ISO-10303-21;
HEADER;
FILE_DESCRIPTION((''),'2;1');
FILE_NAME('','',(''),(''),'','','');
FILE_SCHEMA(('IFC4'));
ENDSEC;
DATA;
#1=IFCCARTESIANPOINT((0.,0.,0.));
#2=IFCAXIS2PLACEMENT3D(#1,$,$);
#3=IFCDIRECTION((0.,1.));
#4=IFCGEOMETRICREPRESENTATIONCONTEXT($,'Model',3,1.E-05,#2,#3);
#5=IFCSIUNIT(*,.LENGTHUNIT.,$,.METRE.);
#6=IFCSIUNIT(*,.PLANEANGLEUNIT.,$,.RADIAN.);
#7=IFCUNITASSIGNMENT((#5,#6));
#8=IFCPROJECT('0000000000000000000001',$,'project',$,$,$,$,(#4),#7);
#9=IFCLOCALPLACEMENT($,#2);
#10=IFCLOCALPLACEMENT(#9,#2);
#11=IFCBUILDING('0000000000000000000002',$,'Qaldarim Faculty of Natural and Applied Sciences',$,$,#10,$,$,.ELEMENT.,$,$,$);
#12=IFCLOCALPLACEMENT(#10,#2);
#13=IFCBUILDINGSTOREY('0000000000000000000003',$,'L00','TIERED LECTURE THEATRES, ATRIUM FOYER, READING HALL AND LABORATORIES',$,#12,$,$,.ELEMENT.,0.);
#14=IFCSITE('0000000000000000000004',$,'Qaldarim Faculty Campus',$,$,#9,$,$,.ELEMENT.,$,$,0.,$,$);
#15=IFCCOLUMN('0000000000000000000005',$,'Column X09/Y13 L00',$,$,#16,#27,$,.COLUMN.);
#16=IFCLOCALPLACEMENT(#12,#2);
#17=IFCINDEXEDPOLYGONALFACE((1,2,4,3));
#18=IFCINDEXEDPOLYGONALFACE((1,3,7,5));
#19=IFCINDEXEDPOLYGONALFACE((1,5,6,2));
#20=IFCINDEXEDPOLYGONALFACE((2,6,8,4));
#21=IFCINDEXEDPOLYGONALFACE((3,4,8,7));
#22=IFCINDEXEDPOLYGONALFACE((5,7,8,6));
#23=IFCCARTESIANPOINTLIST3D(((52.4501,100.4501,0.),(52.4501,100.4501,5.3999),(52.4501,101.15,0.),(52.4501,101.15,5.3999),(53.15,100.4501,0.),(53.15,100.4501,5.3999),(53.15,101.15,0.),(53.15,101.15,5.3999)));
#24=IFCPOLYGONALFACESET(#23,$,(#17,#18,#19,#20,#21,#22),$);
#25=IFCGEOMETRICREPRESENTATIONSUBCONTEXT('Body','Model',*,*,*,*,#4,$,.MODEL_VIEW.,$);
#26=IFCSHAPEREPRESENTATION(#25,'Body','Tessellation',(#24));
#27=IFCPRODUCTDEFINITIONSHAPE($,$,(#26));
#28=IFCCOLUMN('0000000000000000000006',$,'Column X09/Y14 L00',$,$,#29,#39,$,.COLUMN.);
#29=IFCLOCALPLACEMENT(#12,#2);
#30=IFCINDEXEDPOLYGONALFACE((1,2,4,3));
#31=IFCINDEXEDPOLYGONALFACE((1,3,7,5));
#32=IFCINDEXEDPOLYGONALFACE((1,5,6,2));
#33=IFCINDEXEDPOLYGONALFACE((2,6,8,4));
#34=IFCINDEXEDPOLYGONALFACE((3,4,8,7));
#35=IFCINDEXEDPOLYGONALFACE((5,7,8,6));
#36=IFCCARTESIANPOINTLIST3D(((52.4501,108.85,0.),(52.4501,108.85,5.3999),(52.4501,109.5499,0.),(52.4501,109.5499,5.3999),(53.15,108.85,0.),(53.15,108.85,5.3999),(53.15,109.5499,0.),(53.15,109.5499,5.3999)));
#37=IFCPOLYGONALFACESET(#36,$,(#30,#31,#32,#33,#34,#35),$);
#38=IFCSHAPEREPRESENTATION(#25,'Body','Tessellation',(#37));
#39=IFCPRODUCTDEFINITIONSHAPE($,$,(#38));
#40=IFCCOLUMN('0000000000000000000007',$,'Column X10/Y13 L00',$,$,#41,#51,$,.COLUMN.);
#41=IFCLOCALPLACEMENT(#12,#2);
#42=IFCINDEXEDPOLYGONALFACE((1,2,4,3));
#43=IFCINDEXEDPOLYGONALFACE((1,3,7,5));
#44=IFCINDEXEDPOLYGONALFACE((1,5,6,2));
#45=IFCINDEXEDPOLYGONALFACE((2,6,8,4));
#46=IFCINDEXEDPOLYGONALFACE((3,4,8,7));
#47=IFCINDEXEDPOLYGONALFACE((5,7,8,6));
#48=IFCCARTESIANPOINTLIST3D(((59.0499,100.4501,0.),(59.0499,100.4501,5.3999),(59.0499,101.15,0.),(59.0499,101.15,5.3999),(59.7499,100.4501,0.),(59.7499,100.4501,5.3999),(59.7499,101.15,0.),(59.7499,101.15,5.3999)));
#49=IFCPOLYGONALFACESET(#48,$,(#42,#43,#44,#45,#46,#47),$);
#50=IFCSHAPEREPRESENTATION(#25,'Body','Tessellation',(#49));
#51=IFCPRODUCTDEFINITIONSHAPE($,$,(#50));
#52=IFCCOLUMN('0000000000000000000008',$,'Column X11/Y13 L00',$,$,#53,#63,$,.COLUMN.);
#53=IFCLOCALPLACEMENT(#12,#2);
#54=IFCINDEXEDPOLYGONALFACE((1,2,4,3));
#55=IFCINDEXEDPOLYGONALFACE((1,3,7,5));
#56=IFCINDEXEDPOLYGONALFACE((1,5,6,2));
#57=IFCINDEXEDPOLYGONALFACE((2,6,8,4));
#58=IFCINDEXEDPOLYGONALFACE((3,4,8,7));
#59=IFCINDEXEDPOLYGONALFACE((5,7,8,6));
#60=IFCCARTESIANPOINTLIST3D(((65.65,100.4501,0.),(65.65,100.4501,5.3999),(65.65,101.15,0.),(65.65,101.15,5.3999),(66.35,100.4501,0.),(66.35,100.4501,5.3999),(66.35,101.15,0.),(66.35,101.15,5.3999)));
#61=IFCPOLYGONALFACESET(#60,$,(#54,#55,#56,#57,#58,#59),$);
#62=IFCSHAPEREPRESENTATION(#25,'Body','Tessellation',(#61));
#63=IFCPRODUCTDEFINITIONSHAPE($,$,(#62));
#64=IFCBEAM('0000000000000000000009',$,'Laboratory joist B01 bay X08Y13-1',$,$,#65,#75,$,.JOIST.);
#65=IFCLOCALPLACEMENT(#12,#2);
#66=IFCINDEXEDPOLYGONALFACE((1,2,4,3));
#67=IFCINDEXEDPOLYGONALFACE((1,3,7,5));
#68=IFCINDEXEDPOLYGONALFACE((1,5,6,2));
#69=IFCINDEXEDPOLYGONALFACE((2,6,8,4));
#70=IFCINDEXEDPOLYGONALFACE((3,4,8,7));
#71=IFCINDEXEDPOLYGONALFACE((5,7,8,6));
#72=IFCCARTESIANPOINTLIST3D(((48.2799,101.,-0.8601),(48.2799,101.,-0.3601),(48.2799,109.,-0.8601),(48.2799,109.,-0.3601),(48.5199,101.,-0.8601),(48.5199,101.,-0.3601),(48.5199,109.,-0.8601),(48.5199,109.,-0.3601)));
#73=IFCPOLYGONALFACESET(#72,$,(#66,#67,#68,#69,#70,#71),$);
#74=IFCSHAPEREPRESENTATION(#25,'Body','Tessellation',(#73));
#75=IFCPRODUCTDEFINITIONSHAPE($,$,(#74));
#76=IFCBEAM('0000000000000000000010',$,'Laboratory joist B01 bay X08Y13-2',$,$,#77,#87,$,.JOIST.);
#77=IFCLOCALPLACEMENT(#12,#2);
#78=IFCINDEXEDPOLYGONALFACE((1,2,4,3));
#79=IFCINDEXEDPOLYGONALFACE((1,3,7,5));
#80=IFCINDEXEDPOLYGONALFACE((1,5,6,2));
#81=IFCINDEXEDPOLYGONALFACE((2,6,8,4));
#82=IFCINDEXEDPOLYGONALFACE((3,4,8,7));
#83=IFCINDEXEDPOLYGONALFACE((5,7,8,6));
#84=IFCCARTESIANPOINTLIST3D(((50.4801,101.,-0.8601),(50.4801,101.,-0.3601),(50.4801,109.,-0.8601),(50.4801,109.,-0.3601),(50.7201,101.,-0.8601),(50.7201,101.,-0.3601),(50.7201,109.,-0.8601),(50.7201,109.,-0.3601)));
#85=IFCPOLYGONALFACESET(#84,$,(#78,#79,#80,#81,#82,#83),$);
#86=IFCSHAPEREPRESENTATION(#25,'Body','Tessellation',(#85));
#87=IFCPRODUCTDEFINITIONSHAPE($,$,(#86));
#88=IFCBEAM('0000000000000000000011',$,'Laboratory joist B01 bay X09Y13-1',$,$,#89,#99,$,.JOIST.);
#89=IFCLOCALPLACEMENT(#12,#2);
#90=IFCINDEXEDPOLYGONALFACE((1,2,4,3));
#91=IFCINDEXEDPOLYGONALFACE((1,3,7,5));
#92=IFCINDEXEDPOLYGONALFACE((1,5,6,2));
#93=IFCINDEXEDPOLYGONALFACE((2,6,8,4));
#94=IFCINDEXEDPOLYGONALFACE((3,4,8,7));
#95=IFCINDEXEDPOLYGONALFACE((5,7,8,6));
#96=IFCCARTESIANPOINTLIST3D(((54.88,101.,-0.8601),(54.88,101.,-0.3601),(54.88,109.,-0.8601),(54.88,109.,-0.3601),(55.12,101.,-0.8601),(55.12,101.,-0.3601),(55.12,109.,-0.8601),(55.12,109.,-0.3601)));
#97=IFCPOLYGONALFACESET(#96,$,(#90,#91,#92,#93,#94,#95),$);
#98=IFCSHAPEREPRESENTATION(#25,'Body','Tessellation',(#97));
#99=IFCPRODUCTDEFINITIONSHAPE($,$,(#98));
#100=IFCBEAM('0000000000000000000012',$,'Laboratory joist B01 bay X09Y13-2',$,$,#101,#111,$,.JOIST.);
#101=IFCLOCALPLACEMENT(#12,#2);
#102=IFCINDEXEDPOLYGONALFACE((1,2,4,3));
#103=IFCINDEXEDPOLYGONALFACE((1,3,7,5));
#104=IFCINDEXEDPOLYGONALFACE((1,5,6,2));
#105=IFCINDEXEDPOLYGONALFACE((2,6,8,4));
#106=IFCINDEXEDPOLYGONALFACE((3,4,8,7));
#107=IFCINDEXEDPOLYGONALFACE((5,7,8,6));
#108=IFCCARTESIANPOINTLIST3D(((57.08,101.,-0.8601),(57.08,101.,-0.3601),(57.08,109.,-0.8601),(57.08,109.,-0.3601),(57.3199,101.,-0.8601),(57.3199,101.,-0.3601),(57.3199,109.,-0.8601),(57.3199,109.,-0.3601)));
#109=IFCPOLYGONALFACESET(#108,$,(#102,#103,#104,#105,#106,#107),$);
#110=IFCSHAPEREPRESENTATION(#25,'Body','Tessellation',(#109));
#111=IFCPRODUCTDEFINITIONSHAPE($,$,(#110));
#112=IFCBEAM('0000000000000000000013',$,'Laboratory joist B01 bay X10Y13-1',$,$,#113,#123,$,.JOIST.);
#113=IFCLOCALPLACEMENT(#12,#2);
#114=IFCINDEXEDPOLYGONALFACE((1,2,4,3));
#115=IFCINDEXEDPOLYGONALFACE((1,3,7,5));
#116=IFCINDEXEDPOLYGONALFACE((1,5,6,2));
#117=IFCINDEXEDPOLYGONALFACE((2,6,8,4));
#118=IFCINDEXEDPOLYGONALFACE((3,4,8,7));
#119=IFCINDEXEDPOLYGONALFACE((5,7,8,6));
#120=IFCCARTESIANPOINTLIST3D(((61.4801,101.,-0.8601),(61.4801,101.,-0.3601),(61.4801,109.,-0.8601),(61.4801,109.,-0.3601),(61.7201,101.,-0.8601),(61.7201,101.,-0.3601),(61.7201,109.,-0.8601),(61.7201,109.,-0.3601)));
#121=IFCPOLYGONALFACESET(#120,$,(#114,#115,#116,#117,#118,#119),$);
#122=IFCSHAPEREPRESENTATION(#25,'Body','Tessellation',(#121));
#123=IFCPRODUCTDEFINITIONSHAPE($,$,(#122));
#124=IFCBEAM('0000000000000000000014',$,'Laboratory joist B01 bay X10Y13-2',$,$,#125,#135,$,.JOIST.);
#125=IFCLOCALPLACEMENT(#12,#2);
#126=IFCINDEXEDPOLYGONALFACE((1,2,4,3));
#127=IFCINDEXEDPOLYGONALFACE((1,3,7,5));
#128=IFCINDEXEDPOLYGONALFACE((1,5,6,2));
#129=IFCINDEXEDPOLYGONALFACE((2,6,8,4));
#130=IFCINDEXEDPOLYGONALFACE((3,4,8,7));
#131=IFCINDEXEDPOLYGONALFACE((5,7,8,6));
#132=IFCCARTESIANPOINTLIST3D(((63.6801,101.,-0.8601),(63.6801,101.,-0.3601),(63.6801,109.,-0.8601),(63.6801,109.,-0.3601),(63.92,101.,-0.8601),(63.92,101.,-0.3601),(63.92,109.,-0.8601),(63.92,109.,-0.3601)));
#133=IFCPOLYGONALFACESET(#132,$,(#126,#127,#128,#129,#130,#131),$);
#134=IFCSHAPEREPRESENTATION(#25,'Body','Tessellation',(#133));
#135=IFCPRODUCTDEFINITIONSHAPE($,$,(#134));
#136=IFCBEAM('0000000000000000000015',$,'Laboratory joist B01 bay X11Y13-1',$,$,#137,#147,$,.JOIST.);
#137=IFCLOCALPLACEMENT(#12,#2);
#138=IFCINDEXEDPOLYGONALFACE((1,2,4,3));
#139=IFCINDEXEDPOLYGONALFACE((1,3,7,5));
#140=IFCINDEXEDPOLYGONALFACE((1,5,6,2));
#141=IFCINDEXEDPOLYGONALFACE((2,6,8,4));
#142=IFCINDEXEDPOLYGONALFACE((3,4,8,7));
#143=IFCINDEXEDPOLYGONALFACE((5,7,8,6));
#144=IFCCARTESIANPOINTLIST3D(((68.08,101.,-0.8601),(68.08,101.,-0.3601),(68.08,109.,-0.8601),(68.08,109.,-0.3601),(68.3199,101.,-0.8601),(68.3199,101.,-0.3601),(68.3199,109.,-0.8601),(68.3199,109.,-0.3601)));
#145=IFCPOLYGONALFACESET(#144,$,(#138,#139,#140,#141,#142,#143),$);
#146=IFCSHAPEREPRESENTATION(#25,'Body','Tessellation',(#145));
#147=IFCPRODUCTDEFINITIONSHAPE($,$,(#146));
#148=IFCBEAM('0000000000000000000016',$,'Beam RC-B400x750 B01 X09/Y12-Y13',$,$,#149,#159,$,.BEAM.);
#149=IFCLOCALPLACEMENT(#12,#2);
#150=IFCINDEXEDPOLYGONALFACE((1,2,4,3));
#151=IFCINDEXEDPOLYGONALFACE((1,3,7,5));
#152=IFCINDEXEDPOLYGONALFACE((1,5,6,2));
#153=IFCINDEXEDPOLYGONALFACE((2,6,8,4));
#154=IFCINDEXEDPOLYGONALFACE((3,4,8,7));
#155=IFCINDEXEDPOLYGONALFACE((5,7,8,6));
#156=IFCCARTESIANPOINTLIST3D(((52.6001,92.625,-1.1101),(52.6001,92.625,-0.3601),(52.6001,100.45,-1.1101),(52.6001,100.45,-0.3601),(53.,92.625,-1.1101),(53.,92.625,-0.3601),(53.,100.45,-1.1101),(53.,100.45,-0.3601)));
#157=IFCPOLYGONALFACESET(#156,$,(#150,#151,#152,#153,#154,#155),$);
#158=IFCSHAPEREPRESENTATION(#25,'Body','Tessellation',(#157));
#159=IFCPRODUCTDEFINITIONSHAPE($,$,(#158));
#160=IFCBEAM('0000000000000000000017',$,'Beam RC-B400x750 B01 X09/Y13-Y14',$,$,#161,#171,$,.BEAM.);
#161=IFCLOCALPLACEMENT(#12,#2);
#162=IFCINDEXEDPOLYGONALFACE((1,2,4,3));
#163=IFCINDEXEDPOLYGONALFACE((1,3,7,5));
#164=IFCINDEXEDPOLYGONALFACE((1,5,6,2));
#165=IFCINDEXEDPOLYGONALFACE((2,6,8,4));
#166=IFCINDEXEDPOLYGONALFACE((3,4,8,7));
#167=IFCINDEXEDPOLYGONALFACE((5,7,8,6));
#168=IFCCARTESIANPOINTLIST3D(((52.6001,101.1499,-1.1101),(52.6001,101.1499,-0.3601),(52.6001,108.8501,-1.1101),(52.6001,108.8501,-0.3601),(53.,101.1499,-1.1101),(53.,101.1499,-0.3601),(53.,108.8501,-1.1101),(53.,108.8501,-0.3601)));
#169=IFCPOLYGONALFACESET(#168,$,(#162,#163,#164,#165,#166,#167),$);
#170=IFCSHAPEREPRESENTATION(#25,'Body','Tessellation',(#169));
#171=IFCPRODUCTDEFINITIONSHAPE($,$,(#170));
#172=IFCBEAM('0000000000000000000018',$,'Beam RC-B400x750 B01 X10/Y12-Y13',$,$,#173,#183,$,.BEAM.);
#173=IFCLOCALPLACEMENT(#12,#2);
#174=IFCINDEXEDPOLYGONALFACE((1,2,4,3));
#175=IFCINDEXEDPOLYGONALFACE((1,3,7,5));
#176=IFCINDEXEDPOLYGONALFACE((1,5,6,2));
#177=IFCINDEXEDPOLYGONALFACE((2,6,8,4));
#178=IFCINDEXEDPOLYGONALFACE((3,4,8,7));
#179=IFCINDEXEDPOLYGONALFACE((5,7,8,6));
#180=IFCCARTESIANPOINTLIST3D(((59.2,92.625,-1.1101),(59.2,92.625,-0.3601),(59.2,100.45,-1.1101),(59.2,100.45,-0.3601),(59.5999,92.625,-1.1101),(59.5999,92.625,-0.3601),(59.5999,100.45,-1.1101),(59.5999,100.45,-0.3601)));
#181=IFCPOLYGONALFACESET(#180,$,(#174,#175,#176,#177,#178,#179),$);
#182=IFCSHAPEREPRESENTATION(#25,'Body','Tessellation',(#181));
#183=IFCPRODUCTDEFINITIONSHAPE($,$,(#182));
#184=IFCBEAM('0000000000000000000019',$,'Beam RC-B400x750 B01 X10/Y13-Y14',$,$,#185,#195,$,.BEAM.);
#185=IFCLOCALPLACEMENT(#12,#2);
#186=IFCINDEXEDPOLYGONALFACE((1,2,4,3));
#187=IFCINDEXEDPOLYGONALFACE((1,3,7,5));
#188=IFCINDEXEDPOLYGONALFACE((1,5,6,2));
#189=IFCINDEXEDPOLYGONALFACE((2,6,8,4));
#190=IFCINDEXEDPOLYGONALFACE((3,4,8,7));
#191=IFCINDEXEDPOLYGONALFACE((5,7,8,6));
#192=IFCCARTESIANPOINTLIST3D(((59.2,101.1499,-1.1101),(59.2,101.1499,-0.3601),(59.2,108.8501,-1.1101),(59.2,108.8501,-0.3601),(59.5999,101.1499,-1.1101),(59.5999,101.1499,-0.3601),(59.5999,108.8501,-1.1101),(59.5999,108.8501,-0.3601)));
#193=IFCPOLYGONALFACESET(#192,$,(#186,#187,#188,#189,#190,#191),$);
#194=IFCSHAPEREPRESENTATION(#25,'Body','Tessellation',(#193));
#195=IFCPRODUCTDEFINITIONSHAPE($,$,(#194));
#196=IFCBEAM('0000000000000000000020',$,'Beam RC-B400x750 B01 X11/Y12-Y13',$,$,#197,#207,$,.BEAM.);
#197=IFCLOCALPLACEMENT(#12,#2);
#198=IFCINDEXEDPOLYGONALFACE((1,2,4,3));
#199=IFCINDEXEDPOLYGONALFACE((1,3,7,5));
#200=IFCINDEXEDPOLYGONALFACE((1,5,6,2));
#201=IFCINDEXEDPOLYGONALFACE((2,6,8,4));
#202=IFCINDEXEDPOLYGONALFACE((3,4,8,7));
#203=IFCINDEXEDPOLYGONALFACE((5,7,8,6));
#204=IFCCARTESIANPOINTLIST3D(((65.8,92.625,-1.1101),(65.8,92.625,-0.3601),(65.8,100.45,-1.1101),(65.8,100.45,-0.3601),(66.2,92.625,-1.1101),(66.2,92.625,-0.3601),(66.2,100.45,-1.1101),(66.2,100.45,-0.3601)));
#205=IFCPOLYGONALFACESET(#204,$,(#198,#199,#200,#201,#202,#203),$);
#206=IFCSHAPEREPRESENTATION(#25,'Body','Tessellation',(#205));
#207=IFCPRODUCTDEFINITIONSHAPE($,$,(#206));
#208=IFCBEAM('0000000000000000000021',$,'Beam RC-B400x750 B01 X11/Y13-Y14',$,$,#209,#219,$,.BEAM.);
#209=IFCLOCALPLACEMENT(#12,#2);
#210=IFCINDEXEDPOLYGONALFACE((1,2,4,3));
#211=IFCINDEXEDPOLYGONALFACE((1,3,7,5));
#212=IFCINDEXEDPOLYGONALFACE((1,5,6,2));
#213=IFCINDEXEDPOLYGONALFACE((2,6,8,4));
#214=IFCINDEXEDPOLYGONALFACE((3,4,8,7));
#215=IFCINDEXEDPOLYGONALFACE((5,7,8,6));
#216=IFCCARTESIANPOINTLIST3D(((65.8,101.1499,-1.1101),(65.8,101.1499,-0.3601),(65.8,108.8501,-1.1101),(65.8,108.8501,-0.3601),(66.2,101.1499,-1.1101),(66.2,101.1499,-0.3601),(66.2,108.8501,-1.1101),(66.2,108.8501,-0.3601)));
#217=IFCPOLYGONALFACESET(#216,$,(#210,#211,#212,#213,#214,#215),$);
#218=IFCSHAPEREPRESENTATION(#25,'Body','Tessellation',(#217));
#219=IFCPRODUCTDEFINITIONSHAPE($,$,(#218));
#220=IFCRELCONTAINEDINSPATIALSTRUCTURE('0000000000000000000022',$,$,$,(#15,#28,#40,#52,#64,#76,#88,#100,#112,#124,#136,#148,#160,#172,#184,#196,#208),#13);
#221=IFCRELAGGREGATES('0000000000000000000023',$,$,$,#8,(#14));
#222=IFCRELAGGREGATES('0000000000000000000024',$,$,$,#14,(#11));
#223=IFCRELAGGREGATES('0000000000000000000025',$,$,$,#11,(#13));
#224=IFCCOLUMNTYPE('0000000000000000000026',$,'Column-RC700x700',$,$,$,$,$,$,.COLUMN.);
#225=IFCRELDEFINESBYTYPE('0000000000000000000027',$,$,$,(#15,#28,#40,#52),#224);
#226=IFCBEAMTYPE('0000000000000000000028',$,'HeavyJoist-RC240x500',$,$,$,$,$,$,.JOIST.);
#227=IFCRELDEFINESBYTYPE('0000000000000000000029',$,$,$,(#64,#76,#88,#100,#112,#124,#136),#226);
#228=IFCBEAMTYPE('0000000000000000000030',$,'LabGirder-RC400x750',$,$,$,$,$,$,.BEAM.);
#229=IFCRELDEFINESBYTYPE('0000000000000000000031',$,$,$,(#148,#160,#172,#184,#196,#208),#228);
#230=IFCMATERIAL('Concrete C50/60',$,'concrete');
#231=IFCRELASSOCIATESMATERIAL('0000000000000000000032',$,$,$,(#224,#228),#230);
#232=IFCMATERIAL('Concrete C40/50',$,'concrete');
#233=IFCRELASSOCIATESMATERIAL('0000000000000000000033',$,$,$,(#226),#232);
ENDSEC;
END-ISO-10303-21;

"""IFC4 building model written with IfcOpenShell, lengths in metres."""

from ifc_helpers import new_model, si_unit, direction, frame, origin, origin_2d, place, context, subcontext, project, spatial, rectangle, extrude, material, material_profile, profile_set, type_object, element, save


model = new_model("IFC4")

# Units and contexts
model_context = context("Model", 3, precision=1e-05, world=origin(), true_north=direction((0.0, 1.0)))
body_context = subcontext(model_context, "Body", "Model", "MODEL_VIEW")
ifc_project = project(units=[si_unit("LENGTHUNIT", "METRE"), si_unit("PLANEANGLEUNIT", "RADIAN")], contexts=[model_context])

# Site, building, storey
site_placement = place(None, origin())
site = spatial("IfcSite", under=ifc_project, at=site_placement, Name="Qaldarim Faculty Campus", CompositionType="ELEMENT", RefElevation=0.0)
building_placement = place(site_placement, origin())
building = spatial("IfcBuilding", under=site, at=building_placement, Name="Qaldarim Faculty of Natural and Applied Sciences", CompositionType="ELEMENT")
storey_placement = place(building_placement, origin())
storey = spatial("IfcBuildingStorey", under=building, at=storey_placement, Name="L00", Description="TIERED LECTURE THEATRES, ATRIUM FOYER, READING HALL AND LABORATORIES", CompositionType="ELEMENT", Elevation=0.0)

# Columns
ifc_material_1 = material(Name="Concrete C50/60", Category="concrete")
ifc_material_profile_1 = material_profile(ifc_material_1, rectangle(XDim=0.7, YDim=0.7, at=origin_2d()), Name="RC-C700x700")
ifc_profile_set_1 = profile_set([ifc_material_profile_1], Name="Concrete C50/60")
column_type = type_object("IfcColumnType", Name="Column-RC700x700", PredefinedType="COLUMN", material=ifc_profile_set_1)
for number, where, z_axis, x_axis, name in (
    (1, (52.8, 100.8, 0.0), (0.0, 0.0, 1.0), (1.0, 0.0, 0.0), "Column X09/Y13 L00"),
    (2, (52.8, 109.2, 0.0), (0.0, 0.0, 1.0), (1.0, 0.0, 0.0), "Column X09/Y14 L00"),
    (3, (59.3999, 100.8, 0.0), (0.0, 0.0, 1.0), (1.0, 0.0, 0.0), "Column X10/Y13 L00"),
    (4, (66.0, 100.8, 0.0), (0.0, 0.0, 1.0), (1.0, 0.0, 0.0), "Column X11/Y13 L00"),
):
    element("IfcColumn", number, at=place(storey_placement, frame(where, z_axis=z_axis, x_axis=x_axis)), inside=storey, type_object=column_type, Name=name, PredefinedType="COLUMN", context=body_context, shape_type="SweptSolid", body=[
        extrude(rectangle(XDim=0.7, YDim=0.7, at=origin_2d()), origin(), (0.0, 0.0, 1.0), 5.3999),
    ])

# Beams
ifc_material_2 = material(Name="Concrete C40/50", Category="concrete")
ifc_material_profile_2 = material_profile(ifc_material_2, rectangle(XDim=0.24, YDim=0.5, at=origin_2d()), Name="RC-J240x500")
ifc_profile_set_2 = profile_set([ifc_material_profile_2], Name="Concrete C40/50")
beam_type_1 = type_object("IfcBeamType", Name="HeavyJoist-RC240x500", PredefinedType="JOIST", material=ifc_profile_set_2)
for number, where, z_axis, x_axis, name in (
    (5, (48.3999, 101.0, -0.6101), (0.0, 1.0, 0.0), (-1.0, 0.0, 0.0), "Laboratory joist B01 bay X08Y13-1"),
    (6, (50.6001, 101.0, -0.6101), (0.0, 1.0, 0.0), (-1.0, 0.0, 0.0), "Laboratory joist B01 bay X08Y13-2"),
    (7, (55.0, 101.0, -0.6101), (0.0, 1.0, 0.0), (-1.0, 0.0, 0.0), "Laboratory joist B01 bay X09Y13-1"),
    (8, (57.2, 101.0, -0.6101), (0.0, 1.0, 0.0), (-1.0, 0.0, 0.0), "Laboratory joist B01 bay X09Y13-2"),
    (9, (61.6001, 101.0, -0.6101), (0.0, 1.0, 0.0), (-1.0, 0.0, 0.0), "Laboratory joist B01 bay X10Y13-1"),
    (10, (63.8, 101.0, -0.6101), (0.0, 1.0, 0.0), (-1.0, 0.0, 0.0), "Laboratory joist B01 bay X10Y13-2"),
    (11, (68.2, 101.0, -0.6101), (0.0, 1.0, 0.0), (-1.0, 0.0, 0.0), "Laboratory joist B01 bay X11Y13-1"),
):
    element("IfcBeam", number, at=place(storey_placement, frame(where, z_axis=z_axis, x_axis=x_axis)), inside=storey, type_object=beam_type_1, Name=name, PredefinedType="JOIST", context=body_context, shape_type="SweptSolid", body=[
        extrude(rectangle(XDim=0.24, YDim=0.5, at=origin_2d()), origin(), (0.0, 0.0, 1.0), 8.0),
    ])
ifc_material_profile_3 = material_profile(ifc_material_1, rectangle(XDim=0.3999, YDim=0.75, at=origin_2d()), Name="RC-B400x750")
ifc_profile_set_3 = profile_set([ifc_material_profile_3], Name="Concrete C50/60")
beam_type_2 = type_object("IfcBeamType", Name="LabGirder-RC400x750", PredefinedType="BEAM", material=ifc_profile_set_3)
beam_1_placement = place(storey_placement, frame((52.8, 92.625, -0.7351), z_axis=(0.0, 1.0, 0.0), x_axis=(-1.0, 0.0, 0.0)))
element("IfcBeam", 12, at=beam_1_placement, inside=storey, type_object=beam_type_2, Name="Beam RC-B400x750 B01 X09/Y12-Y13", PredefinedType="BEAM", context=body_context, shape_type="SweptSolid", body=[
    extrude(rectangle(XDim=0.3999, YDim=0.75, at=origin_2d()), origin(), (0.0, 0.0, 1.0), 7.825),
])
beam_2_placement = place(storey_placement, frame((52.8, 101.1499, -0.7351), z_axis=(0.0, 1.0, 0.0), x_axis=(-1.0, 0.0, 0.0)))
element("IfcBeam", 13, at=beam_2_placement, inside=storey, type_object=beam_type_2, Name="Beam RC-B400x750 B01 X09/Y13-Y14", PredefinedType="BEAM", context=body_context, shape_type="SweptSolid", body=[
    extrude(rectangle(XDim=0.3999, YDim=0.75, at=origin_2d()), origin(), (0.0, 0.0, 1.0), 7.7002),
])
beam_3_placement = place(storey_placement, frame((59.3999, 92.625, -0.7351), z_axis=(0.0, 1.0, 0.0), x_axis=(-1.0, 0.0, 0.0)))
element("IfcBeam", 14, at=beam_3_placement, inside=storey, type_object=beam_type_2, Name="Beam RC-B400x750 B01 X10/Y12-Y13", PredefinedType="BEAM", context=body_context, shape_type="SweptSolid", body=[
    extrude(rectangle(XDim=0.3999, YDim=0.75, at=origin_2d()), origin(), (0.0, 0.0, 1.0), 7.825),
])
beam_4_placement = place(storey_placement, frame((59.3999, 101.1499, -0.7351), z_axis=(0.0, 1.0, 0.0), x_axis=(-1.0, 0.0, 0.0)))
element("IfcBeam", 15, at=beam_4_placement, inside=storey, type_object=beam_type_2, Name="Beam RC-B400x750 B01 X10/Y13-Y14", PredefinedType="BEAM", context=body_context, shape_type="SweptSolid", body=[
    extrude(rectangle(XDim=0.3999, YDim=0.75, at=origin_2d()), origin(), (0.0, 0.0, 1.0), 7.7002),
])
beam_5_placement = place(storey_placement, frame((66.0, 92.625, -0.7351), z_axis=(0.0, 1.0, 0.0), x_axis=(-1.0, 0.0, 0.0)))
element("IfcBeam", 16, at=beam_5_placement, inside=storey, type_object=beam_type_2, Name="Beam RC-B400x750 B01 X11/Y12-Y13", PredefinedType="BEAM", context=body_context, shape_type="SweptSolid", body=[
    extrude(rectangle(XDim=0.3999, YDim=0.75, at=origin_2d()), origin(), (0.0, 0.0, 1.0), 7.825),
])
beam_6_placement = place(storey_placement, frame((66.0, 101.1499, -0.7351), z_axis=(0.0, 1.0, 0.0), x_axis=(-1.0, 0.0, 0.0)))
element("IfcBeam", 17, at=beam_6_placement, inside=storey, type_object=beam_type_2, Name="Beam RC-B400x750 B01 X11/Y13-Y14", PredefinedType="BEAM", context=body_context, shape_type="SweptSolid", body=[
    extrude(rectangle(XDim=0.3999, YDim=0.75, at=origin_2d()), origin(), (0.0, 0.0, 1.0), 7.7002),
])

save(model, "model.ifc")
